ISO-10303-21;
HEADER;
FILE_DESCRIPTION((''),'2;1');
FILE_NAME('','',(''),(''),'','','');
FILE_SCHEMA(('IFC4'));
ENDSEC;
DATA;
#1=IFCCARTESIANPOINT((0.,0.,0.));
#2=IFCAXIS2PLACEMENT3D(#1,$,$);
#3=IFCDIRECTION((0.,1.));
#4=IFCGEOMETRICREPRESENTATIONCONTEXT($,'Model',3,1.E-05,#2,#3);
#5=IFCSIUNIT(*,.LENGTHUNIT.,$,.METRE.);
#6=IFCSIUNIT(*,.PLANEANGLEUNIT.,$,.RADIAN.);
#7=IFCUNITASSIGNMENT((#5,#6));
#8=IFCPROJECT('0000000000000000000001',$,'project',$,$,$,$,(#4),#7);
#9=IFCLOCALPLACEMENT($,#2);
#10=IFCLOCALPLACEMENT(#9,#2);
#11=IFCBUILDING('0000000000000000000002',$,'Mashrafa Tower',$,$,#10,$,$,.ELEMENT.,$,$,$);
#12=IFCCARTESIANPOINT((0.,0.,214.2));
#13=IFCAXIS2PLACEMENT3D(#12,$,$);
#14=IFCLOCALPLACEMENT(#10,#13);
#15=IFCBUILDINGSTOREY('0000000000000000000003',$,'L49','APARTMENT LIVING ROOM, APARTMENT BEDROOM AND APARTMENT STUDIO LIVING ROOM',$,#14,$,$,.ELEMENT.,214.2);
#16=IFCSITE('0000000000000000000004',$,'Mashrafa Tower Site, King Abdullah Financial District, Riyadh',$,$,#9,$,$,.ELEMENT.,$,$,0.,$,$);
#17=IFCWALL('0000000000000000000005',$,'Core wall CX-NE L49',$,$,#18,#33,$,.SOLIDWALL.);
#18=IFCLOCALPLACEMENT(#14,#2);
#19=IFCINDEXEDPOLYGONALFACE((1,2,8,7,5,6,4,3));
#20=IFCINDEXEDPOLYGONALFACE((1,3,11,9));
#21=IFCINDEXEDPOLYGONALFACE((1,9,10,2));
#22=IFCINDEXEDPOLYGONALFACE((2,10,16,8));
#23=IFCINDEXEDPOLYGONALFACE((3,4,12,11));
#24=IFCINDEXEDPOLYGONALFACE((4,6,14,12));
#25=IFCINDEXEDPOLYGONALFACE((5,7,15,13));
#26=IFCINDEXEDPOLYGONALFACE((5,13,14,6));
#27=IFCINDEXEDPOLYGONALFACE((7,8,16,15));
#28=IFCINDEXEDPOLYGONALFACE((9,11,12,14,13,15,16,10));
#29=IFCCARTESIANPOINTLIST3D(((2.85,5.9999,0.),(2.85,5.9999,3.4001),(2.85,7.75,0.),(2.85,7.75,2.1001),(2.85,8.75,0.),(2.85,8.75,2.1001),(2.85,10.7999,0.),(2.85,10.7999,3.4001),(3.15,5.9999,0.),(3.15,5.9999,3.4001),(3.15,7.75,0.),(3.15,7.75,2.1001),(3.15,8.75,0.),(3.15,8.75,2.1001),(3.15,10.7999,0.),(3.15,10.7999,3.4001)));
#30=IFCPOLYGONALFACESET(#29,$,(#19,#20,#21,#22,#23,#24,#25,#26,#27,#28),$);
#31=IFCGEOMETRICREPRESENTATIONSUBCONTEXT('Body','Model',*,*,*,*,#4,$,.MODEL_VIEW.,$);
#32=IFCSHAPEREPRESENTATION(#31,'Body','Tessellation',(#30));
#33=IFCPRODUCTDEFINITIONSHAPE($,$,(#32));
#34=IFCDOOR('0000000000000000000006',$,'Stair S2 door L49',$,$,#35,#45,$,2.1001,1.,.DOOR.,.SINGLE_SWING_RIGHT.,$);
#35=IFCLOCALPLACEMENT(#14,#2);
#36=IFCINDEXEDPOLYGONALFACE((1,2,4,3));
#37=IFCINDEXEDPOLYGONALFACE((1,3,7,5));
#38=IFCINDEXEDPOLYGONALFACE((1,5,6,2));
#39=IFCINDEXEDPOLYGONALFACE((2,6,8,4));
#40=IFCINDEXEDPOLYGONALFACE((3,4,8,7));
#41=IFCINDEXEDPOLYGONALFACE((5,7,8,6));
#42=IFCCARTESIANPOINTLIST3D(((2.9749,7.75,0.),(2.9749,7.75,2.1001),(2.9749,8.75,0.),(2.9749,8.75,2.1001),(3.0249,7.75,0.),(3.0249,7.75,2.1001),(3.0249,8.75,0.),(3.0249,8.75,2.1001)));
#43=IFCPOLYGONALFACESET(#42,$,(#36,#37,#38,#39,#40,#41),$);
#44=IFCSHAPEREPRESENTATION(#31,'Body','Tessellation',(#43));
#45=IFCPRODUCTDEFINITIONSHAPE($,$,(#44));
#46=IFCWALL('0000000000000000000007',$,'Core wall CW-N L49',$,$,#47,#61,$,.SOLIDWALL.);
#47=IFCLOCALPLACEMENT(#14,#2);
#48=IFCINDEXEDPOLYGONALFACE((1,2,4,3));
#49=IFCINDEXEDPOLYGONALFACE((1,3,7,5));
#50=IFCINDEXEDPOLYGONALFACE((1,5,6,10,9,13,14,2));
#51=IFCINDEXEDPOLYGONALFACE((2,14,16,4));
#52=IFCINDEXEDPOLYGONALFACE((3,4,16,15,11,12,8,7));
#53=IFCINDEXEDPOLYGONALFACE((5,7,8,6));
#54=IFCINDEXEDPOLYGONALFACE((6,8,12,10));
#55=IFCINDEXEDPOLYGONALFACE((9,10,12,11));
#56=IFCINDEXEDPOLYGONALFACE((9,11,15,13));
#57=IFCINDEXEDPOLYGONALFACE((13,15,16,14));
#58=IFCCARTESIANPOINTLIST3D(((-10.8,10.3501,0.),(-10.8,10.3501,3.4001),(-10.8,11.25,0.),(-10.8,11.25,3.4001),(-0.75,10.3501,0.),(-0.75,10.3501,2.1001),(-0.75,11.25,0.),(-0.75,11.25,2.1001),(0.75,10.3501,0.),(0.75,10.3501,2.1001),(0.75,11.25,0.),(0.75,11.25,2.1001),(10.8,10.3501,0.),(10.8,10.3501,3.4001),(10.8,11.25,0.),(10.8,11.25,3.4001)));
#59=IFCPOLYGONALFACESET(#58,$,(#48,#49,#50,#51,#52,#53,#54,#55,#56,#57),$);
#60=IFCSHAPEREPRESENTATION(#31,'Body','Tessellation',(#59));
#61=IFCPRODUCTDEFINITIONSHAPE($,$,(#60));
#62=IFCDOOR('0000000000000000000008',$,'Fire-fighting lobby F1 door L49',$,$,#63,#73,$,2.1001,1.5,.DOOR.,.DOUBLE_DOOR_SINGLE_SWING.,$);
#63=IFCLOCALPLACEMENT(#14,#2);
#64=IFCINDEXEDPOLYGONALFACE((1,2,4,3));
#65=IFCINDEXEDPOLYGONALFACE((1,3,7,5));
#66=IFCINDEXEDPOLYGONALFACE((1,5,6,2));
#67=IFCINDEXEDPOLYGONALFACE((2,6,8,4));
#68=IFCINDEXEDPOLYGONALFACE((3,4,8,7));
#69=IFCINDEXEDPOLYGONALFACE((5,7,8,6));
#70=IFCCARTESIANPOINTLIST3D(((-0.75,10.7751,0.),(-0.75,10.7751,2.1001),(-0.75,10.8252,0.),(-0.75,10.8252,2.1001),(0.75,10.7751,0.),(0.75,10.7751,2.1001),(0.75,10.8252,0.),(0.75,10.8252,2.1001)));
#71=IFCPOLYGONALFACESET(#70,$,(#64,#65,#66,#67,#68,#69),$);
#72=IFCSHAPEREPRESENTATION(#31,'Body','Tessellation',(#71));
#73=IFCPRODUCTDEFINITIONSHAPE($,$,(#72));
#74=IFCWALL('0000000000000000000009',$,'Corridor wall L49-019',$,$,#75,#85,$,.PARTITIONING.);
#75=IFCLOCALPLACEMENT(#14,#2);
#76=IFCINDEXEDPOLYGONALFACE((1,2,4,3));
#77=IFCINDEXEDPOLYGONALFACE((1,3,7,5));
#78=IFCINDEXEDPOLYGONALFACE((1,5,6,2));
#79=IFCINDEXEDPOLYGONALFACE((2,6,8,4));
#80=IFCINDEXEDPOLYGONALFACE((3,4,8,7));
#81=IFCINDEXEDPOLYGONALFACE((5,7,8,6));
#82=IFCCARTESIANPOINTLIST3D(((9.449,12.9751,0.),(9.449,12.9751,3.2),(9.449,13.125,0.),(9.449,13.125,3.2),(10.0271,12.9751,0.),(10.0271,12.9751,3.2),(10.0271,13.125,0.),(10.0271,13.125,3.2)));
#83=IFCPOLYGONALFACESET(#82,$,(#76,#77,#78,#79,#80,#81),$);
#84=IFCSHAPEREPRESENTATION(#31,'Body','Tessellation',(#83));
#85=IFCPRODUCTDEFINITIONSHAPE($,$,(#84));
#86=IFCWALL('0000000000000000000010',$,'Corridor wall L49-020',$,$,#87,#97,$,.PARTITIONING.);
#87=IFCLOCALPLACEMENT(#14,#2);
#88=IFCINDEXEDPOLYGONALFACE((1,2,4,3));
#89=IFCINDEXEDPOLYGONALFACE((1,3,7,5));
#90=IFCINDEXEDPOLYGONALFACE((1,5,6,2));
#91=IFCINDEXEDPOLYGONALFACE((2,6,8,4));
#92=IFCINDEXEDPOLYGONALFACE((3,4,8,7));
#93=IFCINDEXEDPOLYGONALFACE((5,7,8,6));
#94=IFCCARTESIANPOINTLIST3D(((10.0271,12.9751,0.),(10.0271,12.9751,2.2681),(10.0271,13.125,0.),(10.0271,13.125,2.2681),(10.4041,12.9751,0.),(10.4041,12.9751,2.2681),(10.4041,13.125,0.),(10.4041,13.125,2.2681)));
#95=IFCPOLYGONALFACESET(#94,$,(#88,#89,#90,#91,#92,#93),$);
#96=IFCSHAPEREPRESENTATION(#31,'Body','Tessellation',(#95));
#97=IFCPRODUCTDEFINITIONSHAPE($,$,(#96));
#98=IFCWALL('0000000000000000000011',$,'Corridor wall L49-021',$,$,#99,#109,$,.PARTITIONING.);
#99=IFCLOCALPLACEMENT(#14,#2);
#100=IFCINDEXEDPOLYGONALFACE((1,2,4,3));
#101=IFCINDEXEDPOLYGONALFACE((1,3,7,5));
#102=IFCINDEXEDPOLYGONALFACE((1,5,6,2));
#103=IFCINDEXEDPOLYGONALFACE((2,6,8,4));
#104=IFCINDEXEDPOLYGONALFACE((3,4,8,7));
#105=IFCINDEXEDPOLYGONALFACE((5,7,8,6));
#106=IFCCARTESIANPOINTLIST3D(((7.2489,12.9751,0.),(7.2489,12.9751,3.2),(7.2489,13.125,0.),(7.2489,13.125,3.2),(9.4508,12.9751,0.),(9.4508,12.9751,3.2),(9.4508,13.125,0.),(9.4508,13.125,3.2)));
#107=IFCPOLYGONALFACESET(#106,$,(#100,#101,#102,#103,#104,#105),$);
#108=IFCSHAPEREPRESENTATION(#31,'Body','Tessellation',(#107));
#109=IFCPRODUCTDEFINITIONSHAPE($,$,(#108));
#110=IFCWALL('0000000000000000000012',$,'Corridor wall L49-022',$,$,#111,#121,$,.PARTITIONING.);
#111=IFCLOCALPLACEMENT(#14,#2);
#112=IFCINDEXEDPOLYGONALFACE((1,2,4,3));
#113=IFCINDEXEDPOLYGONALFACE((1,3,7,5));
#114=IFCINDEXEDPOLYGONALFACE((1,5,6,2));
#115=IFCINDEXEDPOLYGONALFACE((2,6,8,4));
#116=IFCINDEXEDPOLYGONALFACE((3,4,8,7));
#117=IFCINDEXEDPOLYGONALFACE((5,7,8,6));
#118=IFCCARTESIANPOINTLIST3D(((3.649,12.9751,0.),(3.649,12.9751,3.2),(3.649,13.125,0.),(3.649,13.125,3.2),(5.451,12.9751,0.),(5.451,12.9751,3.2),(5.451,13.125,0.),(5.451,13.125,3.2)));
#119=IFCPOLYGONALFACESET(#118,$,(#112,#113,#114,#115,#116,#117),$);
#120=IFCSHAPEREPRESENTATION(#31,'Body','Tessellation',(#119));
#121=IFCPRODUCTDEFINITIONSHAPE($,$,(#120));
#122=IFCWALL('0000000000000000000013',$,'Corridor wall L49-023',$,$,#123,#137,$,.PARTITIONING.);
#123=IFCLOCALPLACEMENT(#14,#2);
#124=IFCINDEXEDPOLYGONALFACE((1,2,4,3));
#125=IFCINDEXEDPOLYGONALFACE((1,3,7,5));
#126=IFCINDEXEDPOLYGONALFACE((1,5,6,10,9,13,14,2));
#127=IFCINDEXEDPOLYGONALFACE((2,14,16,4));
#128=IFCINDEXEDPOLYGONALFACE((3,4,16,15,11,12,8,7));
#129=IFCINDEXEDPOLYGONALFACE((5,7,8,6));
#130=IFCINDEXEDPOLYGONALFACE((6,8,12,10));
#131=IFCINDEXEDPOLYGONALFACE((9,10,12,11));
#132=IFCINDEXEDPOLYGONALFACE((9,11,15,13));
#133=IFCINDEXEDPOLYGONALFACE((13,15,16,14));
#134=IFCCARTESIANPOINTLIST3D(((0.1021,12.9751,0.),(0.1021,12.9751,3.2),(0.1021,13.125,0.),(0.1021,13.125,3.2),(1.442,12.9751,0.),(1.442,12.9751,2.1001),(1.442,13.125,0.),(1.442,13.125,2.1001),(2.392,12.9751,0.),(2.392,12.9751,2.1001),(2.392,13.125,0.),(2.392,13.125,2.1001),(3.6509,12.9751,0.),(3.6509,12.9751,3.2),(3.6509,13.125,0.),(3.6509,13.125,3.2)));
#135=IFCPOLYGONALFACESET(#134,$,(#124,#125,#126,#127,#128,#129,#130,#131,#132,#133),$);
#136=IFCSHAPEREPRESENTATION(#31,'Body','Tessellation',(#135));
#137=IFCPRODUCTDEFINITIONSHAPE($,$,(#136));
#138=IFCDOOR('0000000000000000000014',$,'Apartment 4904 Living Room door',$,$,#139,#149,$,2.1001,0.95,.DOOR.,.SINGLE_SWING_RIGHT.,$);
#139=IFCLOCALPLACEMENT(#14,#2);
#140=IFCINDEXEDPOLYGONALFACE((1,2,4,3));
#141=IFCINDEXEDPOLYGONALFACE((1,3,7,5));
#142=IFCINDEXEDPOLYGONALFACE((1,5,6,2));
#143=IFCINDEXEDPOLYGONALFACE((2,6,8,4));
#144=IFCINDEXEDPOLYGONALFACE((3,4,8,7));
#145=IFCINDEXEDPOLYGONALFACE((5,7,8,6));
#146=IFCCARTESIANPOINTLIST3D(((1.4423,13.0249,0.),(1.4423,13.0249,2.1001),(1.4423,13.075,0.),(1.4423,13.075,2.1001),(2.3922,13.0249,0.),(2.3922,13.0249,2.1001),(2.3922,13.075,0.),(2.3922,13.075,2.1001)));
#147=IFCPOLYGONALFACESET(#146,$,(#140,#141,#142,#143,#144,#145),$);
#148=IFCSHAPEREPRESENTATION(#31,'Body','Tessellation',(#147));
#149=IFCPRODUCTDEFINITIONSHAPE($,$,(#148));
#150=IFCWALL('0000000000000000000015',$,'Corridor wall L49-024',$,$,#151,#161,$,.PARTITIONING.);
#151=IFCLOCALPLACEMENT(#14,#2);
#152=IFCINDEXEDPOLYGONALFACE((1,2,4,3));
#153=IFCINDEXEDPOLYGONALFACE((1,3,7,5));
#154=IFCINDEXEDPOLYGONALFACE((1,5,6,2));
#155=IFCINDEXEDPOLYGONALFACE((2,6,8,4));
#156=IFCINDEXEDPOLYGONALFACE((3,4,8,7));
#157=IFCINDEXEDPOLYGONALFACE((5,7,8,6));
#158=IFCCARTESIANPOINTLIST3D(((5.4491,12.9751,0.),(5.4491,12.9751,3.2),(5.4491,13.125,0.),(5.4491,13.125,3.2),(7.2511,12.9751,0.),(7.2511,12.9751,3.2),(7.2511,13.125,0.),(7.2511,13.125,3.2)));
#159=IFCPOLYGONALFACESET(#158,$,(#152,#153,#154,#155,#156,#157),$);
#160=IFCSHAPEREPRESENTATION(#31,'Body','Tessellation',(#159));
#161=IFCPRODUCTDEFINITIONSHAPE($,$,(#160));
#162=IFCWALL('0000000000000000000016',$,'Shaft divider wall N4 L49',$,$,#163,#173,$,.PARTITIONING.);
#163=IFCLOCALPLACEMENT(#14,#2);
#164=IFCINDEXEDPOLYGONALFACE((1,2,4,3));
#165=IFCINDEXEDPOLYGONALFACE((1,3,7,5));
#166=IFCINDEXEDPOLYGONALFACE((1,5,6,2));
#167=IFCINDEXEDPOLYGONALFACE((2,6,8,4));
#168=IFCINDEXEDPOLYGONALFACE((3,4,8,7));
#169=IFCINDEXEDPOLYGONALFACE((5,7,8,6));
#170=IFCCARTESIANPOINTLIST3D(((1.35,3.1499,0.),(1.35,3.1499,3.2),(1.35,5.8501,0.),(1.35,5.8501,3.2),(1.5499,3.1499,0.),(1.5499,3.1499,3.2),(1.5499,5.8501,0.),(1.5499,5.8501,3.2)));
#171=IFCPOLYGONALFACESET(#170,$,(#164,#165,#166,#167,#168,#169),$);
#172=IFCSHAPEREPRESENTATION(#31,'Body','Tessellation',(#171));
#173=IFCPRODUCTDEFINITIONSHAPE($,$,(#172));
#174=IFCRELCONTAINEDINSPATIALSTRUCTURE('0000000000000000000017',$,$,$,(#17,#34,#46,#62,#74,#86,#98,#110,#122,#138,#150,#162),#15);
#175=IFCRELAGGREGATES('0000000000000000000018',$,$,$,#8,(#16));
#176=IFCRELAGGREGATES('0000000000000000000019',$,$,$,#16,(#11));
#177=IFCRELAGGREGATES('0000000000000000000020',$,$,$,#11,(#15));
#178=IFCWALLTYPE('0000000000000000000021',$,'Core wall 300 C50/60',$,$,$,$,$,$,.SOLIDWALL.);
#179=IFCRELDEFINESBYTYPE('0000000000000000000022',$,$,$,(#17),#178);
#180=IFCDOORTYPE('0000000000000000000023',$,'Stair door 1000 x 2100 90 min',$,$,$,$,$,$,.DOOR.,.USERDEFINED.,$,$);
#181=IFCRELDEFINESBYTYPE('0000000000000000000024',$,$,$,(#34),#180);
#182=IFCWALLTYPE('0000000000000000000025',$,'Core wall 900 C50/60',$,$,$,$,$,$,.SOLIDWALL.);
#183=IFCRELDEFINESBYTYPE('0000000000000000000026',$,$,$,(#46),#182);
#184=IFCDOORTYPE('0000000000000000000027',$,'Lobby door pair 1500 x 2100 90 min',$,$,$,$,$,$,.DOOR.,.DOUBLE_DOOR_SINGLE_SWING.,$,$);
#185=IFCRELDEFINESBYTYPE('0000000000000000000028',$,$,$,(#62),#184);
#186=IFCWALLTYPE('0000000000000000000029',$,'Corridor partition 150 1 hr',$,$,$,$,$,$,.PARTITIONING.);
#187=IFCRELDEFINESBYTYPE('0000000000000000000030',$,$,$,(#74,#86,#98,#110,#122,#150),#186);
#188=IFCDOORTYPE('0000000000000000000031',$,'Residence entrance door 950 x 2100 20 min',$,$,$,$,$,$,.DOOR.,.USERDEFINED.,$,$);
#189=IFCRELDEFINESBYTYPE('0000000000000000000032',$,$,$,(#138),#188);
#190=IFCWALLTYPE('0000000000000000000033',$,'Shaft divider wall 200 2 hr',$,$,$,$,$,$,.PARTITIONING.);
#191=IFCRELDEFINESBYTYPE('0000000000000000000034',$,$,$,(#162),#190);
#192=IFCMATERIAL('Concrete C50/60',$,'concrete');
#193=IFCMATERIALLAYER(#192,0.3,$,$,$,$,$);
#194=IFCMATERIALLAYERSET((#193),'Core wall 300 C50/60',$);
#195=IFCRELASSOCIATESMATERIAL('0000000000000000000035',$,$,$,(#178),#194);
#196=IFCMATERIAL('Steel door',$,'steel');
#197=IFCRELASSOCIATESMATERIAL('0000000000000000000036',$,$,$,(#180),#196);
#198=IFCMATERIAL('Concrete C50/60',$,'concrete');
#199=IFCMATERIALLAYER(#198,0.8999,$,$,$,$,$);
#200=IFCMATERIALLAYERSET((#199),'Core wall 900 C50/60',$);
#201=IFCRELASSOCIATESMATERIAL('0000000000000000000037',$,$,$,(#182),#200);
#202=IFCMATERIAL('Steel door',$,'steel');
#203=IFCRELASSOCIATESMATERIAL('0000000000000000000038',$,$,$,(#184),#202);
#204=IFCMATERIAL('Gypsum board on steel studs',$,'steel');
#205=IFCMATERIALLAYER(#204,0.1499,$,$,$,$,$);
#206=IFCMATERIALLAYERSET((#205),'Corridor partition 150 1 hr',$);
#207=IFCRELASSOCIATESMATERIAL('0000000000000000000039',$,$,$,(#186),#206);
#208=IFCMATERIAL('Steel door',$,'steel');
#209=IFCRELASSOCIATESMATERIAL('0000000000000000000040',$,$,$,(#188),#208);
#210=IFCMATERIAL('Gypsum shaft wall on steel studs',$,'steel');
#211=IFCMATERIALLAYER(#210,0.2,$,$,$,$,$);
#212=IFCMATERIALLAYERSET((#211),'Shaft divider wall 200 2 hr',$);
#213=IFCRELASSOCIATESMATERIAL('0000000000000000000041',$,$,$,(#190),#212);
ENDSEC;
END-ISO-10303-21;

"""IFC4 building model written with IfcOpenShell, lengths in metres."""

from ifc_helpers import new_model, si_unit, direction, frame, frame_2d, origin, place, context, subcontext, project, spatial, rectangle, extrude, material, layer, layer_set, type_object, element, fill, save


model = new_model("IFC4")

# Units and contexts
model_context = context("Model", 3, precision=1e-05, world=origin(), true_north=direction((0.0, 1.0)))
body_context = subcontext(model_context, "Body", "Model", "MODEL_VIEW")
ifc_project = project(units=[si_unit("LENGTHUNIT", "METRE"), si_unit("PLANEANGLEUNIT", "RADIAN")], contexts=[model_context])

# Site, building, storey
site_placement = place(None, origin())
site = spatial("IfcSite", under=ifc_project, at=site_placement, Name="Mashrafa Tower Site, King Abdullah Financial District, Riyadh", CompositionType="ELEMENT", RefElevation=0.0)
building_placement = place(site_placement, origin())
building = spatial("IfcBuilding", under=site, at=building_placement, Name="Mashrafa Tower", CompositionType="ELEMENT")
storey_placement = place(building_placement, frame((0.0, 0.0, 214.2)))
storey = spatial("IfcBuildingStorey", under=building, at=storey_placement, Name="L49", Description="APARTMENT LIVING ROOM, APARTMENT BEDROOM AND APARTMENT STUDIO LIVING ROOM", CompositionType="ELEMENT", Elevation=214.2)

# Walls, openings, doors
ifc_material_1 = material(Name="Concrete C50/60", Category="concrete")
ifc_layer_1 = layer(ifc_material_1, 0.3)
ifc_layer_set_1 = layer_set([ifc_layer_1], Name="Core wall 300 C50/60")
wall_type_1 = type_object("IfcWallType", Name="Core wall 300 C50/60", PredefinedType="SOLIDWALL", material=ifc_layer_set_1)
wall_1_placement = place(storey_placement, frame((3.0, 6.0, 0.0), z_axis=(0.0, 0.0, 1.0), x_axis=(0.0, 1.0, 0.0)))
wall_1 = element("IfcWall", 1, at=wall_1_placement, inside=storey, type_object=wall_type_1, Name="Core wall CX-NE L49", PredefinedType="SOLIDWALL", context=body_context, shape_type="SweptSolid", body=[
    extrude(rectangle(XDim=4.8, YDim=0.3, at=frame_2d((2.3999, 0.0))), origin(), (0.0, 0.0, 1.0), 3.4001),
])
opening_1_placement = place(wall_1_placement, frame((1.75, 0.0, 0.0)))
opening_1 = element("IfcOpeningElement", 2, at=opening_1_placement, cuts=wall_1, PredefinedType="OPENING", context=body_context, shape_type="SweptSolid", body=[
    extrude(rectangle(XDim=1.0, YDim=2.1001, at=frame_2d((0.5, 1.05))), frame((0.0, 0.1599, 0.0), z_axis=(0.0, -1.0, 0.0), x_axis=(1.0, 0.0, 0.0)), (0.0, 0.0, 1.0), 0.3201),
])
ifc_material_2 = material(Name="Steel door", Category="steel")
door_type_1 = type_object("IfcDoorType", Name="Stair door 1000 x 2100 90 min", OperationType="USERDEFINED", PredefinedType="DOOR", material=ifc_material_2)
door_1_placement = place(opening_1_placement, frame((1.0, 0.0, 0.0), z_axis=(0.0, 0.0, 1.0), x_axis=(-1.0, 0.0, 0.0)))
door_1 = element("IfcDoor", 3, at=door_1_placement, inside=storey, type_object=door_type_1, Name="Stair S2 door L49", OperationType="SINGLE_SWING_RIGHT", OverallHeight=2.1001, OverallWidth=1.0, PredefinedType="DOOR", context=body_context, shape_type="SweptSolid", body=[
    extrude(rectangle(XDim=1.0, YDim=2.1001, at=frame_2d((0.5, 1.05))), frame((0.0, 0.0249, 0.0), z_axis=(0.0, -1.0, 0.0), x_axis=(1.0, 0.0, 0.0)), (0.0, 0.0, 1.0), 0.05),
])
fill(opening_1, door_1)
ifc_material_3 = material(Name="Concrete C50/60", Category="concrete")
ifc_layer_2 = layer(ifc_material_3, 0.8999)
ifc_layer_set_2 = layer_set([ifc_layer_2], Name="Core wall 900 C50/60")
wall_type_2 = type_object("IfcWallType", Name="Core wall 900 C50/60", PredefinedType="SOLIDWALL", material=ifc_layer_set_2)
wall_2_placement = place(storey_placement, frame((10.8, 10.8, 0.0), z_axis=(0.0, 0.0, 1.0), x_axis=(-1.0, 0.0, 0.0)))
wall_2 = element("IfcWall", 4, at=wall_2_placement, inside=storey, type_object=wall_type_2, Name="Core wall CW-N L49", PredefinedType="SOLIDWALL", context=body_context, shape_type="SweptSolid", body=[
    extrude(rectangle(XDim=21.6001, YDim=0.8999, at=frame_2d((10.8, 0.0))), origin(), (0.0, 0.0, 1.0), 3.4001),
])
opening_2_placement = place(wall_2_placement, frame((10.05, 0.0, 0.0)))
opening_2 = element("IfcOpeningElement", 5, at=opening_2_placement, cuts=wall_2, PredefinedType="OPENING", context=body_context, shape_type="SweptSolid", body=[
    extrude(rectangle(XDim=1.5, YDim=2.1001, at=frame_2d((0.75, 1.05))), frame((0.0, 0.46, 0.0), z_axis=(0.0, -1.0, 0.0), x_axis=(1.0, 0.0, 0.0)), (0.0, 0.0, 1.0), 0.9199),
])
ifc_material_4 = material(Name="Steel door", Category="steel")
door_type_2 = type_object("IfcDoorType", Name="Lobby door pair 1500 x 2100 90 min", OperationType="DOUBLE_DOOR_SINGLE_SWING", PredefinedType="DOOR", material=ifc_material_4)
door_2_placement = place(opening_2_placement, origin())
door_2 = element("IfcDoor", 6, at=door_2_placement, inside=storey, type_object=door_type_2, Name="Fire-fighting lobby F1 door L49", OperationType="DOUBLE_DOOR_SINGLE_SWING", OverallHeight=2.1001, OverallWidth=1.5, PredefinedType="DOOR", context=body_context, shape_type="SweptSolid", body=[
    extrude(rectangle(XDim=1.5, YDim=2.1001, at=frame_2d((0.75, 1.05))), frame((0.0, 0.0249, 0.0), z_axis=(0.0, -1.0, 0.0), x_axis=(1.0, 0.0, 0.0)), (0.0, 0.0, 1.0), 0.05),
])
fill(opening_2, door_2)

# Walls
ifc_material_5 = material(Name="Gypsum board on steel studs", Category="steel")
ifc_layer_3 = layer(ifc_material_5, 0.1499)
ifc_layer_set_3 = layer_set([ifc_layer_3], Name="Corridor partition 150 1 hr")
wall_type_3 = type_object("IfcWallType", Name="Corridor partition 150 1 hr", PredefinedType="PARTITIONING", material=ifc_layer_set_3)
wall_3_placement = place(storey_placement, frame((10.0271, 13.05, 0.0), z_axis=(0.0, 0.0, 1.0), x_axis=(-1.0, 0.0, 0.0)))
element("IfcWall", 7, at=wall_3_placement, inside=storey, type_object=wall_type_3, Name="Corridor wall L49-019", PredefinedType="PARTITIONING", context=body_context, shape_type="SweptSolid", body=[
    extrude(rectangle(XDim=0.5781, YDim=0.1499, at=frame_2d((0.2891, 0.0))), origin(), (0.0, 0.0, 1.0), 3.2),
])
wall_4_placement = place(storey_placement, frame((10.4041, 13.05, 0.0), z_axis=(0.0, 0.0, 1.0), x_axis=(-1.0, 0.0, 0.0)))
element("IfcWall", 8, at=wall_4_placement, inside=storey, type_object=wall_type_3, Name="Corridor wall L49-020", PredefinedType="PARTITIONING", context=body_context, shape_type="SweptSolid", body=[
    extrude(rectangle(XDim=0.377, YDim=0.1499, at=frame_2d((0.1885, 0.0))), origin(), (0.0, 0.0, 1.0), 2.2681),
])
wall_5_placement = place(storey_placement, frame((9.4509, 13.05, 0.0), z_axis=(0.0, 0.0, 1.0), x_axis=(-1.0, 0.0, 0.0)))
element("IfcWall", 9, at=wall_5_placement, inside=storey, type_object=wall_type_3, Name="Corridor wall L49-021", PredefinedType="PARTITIONING", context=body_context, shape_type="SweptSolid", body=[
    extrude(rectangle(XDim=2.2019, YDim=0.1499, at=frame_2d((1.1011, 0.0))), origin(), (0.0, 0.0, 1.0), 3.2),
])
wall_6_placement = place(storey_placement, frame((5.4509, 13.05, 0.0), z_axis=(0.0, 0.0, 1.0), x_axis=(-1.0, 0.0, 0.0)))
element("IfcWall", 10, at=wall_6_placement, inside=storey, type_object=wall_type_3, Name="Corridor wall L49-022", PredefinedType="PARTITIONING", context=body_context, shape_type="SweptSolid", body=[
    extrude(rectangle(XDim=1.802, YDim=0.1499, at=frame_2d((0.9009, 0.0))), origin(), (0.0, 0.0, 1.0), 3.2),
])

# Wall, opening, door
wall_7_placement = place(storey_placement, frame((3.6509, 13.05, 0.0), z_axis=(0.0, 0.0, 1.0), x_axis=(-1.0, 0.0, 0.0)))
wall_7 = element("IfcWall", 11, at=wall_7_placement, inside=storey, type_object=wall_type_3, Name="Corridor wall L49-023", PredefinedType="PARTITIONING", context=body_context, shape_type="SweptSolid", body=[
    extrude(rectangle(XDim=3.5488, YDim=0.1499, at=frame_2d((1.7744, 0.0))), origin(), (0.0, 0.0, 1.0), 3.2),
])
opening_3_placement = place(wall_7_placement, frame((1.2588, 0.0, 0.0)))
opening_3 = element("IfcOpeningElement", 12, at=opening_3_placement, cuts=wall_7, PredefinedType="OPENING", context=body_context, shape_type="SweptSolid", body=[
    extrude(rectangle(XDim=0.95, YDim=2.1001, at=frame_2d((0.4751, 1.05))), frame((0.0, 0.085, 0.0), z_axis=(0.0, -1.0, 0.0), x_axis=(1.0, 0.0, 0.0)), (0.0, 0.0, 1.0), 0.1699),
])
ifc_material_6 = material(Name="Steel door", Category="steel")
door_type_3 = type_object("IfcDoorType", Name="Residence entrance door 950 x 2100 20 min", OperationType="USERDEFINED", PredefinedType="DOOR", material=ifc_material_6)
door_3_placement = place(opening_3_placement, frame((0.95, 0.0, 0.0), z_axis=(0.0, 0.0, 1.0), x_axis=(-1.0, 0.0, 0.0)))
door_3 = element("IfcDoor", 13, at=door_3_placement, inside=storey, type_object=door_type_3, Name="Apartment 4904 Living Room door", OperationType="SINGLE_SWING_RIGHT", OverallHeight=2.1001, OverallWidth=0.95, PredefinedType="DOOR", context=body_context, shape_type="SweptSolid", body=[
    extrude(rectangle(XDim=0.95, YDim=2.1001, at=frame_2d((0.4751, 1.05))), frame((0.0, 0.0249, 0.0), z_axis=(0.0, -1.0, 0.0), x_axis=(1.0, 0.0, 0.0)), (0.0, 0.0, 1.0), 0.05),
])
fill(opening_3, door_3)

# Walls
wall_8_placement = place(storey_placement, frame((7.251, 13.05, 0.0), z_axis=(0.0, 0.0, 1.0), x_axis=(-1.0, 0.0, 0.0)))
element("IfcWall", 14, at=wall_8_placement, inside=storey, type_object=wall_type_3, Name="Corridor wall L49-024", PredefinedType="PARTITIONING", context=body_context, shape_type="SweptSolid", body=[
    extrude(rectangle(XDim=1.802, YDim=0.1499, at=frame_2d((0.9009, 0.0))), origin(), (0.0, 0.0, 1.0), 3.2),
])
ifc_material_7 = material(Name="Gypsum shaft wall on steel studs", Category="steel")
ifc_layer_4 = layer(ifc_material_7, 0.2)
ifc_layer_set_4 = layer_set([ifc_layer_4], Name="Shaft divider wall 200 2 hr")
wall_type_4 = type_object("IfcWallType", Name="Shaft divider wall 200 2 hr", PredefinedType="PARTITIONING", material=ifc_layer_set_4)
for number, where, z_axis, x_axis, name in (
    (15, (1.45, 3.1499, 0.0), (0.0, 0.0, 1.0), (0.0, 1.0, 0.0), "Shaft divider wall N4 L49"),
):
    element("IfcWall", number, at=place(storey_placement, frame(where, z_axis=z_axis, x_axis=x_axis)), inside=storey, type_object=wall_type_4, Name=name, PredefinedType="PARTITIONING", context=body_context, shape_type="SweptSolid", body=[
        extrude(rectangle(XDim=2.7002, YDim=0.2, at=frame_2d((1.3501, 0.0))), origin(), (0.0, 0.0, 1.0), 3.2),
    ])

save(model, "model.ifc")
